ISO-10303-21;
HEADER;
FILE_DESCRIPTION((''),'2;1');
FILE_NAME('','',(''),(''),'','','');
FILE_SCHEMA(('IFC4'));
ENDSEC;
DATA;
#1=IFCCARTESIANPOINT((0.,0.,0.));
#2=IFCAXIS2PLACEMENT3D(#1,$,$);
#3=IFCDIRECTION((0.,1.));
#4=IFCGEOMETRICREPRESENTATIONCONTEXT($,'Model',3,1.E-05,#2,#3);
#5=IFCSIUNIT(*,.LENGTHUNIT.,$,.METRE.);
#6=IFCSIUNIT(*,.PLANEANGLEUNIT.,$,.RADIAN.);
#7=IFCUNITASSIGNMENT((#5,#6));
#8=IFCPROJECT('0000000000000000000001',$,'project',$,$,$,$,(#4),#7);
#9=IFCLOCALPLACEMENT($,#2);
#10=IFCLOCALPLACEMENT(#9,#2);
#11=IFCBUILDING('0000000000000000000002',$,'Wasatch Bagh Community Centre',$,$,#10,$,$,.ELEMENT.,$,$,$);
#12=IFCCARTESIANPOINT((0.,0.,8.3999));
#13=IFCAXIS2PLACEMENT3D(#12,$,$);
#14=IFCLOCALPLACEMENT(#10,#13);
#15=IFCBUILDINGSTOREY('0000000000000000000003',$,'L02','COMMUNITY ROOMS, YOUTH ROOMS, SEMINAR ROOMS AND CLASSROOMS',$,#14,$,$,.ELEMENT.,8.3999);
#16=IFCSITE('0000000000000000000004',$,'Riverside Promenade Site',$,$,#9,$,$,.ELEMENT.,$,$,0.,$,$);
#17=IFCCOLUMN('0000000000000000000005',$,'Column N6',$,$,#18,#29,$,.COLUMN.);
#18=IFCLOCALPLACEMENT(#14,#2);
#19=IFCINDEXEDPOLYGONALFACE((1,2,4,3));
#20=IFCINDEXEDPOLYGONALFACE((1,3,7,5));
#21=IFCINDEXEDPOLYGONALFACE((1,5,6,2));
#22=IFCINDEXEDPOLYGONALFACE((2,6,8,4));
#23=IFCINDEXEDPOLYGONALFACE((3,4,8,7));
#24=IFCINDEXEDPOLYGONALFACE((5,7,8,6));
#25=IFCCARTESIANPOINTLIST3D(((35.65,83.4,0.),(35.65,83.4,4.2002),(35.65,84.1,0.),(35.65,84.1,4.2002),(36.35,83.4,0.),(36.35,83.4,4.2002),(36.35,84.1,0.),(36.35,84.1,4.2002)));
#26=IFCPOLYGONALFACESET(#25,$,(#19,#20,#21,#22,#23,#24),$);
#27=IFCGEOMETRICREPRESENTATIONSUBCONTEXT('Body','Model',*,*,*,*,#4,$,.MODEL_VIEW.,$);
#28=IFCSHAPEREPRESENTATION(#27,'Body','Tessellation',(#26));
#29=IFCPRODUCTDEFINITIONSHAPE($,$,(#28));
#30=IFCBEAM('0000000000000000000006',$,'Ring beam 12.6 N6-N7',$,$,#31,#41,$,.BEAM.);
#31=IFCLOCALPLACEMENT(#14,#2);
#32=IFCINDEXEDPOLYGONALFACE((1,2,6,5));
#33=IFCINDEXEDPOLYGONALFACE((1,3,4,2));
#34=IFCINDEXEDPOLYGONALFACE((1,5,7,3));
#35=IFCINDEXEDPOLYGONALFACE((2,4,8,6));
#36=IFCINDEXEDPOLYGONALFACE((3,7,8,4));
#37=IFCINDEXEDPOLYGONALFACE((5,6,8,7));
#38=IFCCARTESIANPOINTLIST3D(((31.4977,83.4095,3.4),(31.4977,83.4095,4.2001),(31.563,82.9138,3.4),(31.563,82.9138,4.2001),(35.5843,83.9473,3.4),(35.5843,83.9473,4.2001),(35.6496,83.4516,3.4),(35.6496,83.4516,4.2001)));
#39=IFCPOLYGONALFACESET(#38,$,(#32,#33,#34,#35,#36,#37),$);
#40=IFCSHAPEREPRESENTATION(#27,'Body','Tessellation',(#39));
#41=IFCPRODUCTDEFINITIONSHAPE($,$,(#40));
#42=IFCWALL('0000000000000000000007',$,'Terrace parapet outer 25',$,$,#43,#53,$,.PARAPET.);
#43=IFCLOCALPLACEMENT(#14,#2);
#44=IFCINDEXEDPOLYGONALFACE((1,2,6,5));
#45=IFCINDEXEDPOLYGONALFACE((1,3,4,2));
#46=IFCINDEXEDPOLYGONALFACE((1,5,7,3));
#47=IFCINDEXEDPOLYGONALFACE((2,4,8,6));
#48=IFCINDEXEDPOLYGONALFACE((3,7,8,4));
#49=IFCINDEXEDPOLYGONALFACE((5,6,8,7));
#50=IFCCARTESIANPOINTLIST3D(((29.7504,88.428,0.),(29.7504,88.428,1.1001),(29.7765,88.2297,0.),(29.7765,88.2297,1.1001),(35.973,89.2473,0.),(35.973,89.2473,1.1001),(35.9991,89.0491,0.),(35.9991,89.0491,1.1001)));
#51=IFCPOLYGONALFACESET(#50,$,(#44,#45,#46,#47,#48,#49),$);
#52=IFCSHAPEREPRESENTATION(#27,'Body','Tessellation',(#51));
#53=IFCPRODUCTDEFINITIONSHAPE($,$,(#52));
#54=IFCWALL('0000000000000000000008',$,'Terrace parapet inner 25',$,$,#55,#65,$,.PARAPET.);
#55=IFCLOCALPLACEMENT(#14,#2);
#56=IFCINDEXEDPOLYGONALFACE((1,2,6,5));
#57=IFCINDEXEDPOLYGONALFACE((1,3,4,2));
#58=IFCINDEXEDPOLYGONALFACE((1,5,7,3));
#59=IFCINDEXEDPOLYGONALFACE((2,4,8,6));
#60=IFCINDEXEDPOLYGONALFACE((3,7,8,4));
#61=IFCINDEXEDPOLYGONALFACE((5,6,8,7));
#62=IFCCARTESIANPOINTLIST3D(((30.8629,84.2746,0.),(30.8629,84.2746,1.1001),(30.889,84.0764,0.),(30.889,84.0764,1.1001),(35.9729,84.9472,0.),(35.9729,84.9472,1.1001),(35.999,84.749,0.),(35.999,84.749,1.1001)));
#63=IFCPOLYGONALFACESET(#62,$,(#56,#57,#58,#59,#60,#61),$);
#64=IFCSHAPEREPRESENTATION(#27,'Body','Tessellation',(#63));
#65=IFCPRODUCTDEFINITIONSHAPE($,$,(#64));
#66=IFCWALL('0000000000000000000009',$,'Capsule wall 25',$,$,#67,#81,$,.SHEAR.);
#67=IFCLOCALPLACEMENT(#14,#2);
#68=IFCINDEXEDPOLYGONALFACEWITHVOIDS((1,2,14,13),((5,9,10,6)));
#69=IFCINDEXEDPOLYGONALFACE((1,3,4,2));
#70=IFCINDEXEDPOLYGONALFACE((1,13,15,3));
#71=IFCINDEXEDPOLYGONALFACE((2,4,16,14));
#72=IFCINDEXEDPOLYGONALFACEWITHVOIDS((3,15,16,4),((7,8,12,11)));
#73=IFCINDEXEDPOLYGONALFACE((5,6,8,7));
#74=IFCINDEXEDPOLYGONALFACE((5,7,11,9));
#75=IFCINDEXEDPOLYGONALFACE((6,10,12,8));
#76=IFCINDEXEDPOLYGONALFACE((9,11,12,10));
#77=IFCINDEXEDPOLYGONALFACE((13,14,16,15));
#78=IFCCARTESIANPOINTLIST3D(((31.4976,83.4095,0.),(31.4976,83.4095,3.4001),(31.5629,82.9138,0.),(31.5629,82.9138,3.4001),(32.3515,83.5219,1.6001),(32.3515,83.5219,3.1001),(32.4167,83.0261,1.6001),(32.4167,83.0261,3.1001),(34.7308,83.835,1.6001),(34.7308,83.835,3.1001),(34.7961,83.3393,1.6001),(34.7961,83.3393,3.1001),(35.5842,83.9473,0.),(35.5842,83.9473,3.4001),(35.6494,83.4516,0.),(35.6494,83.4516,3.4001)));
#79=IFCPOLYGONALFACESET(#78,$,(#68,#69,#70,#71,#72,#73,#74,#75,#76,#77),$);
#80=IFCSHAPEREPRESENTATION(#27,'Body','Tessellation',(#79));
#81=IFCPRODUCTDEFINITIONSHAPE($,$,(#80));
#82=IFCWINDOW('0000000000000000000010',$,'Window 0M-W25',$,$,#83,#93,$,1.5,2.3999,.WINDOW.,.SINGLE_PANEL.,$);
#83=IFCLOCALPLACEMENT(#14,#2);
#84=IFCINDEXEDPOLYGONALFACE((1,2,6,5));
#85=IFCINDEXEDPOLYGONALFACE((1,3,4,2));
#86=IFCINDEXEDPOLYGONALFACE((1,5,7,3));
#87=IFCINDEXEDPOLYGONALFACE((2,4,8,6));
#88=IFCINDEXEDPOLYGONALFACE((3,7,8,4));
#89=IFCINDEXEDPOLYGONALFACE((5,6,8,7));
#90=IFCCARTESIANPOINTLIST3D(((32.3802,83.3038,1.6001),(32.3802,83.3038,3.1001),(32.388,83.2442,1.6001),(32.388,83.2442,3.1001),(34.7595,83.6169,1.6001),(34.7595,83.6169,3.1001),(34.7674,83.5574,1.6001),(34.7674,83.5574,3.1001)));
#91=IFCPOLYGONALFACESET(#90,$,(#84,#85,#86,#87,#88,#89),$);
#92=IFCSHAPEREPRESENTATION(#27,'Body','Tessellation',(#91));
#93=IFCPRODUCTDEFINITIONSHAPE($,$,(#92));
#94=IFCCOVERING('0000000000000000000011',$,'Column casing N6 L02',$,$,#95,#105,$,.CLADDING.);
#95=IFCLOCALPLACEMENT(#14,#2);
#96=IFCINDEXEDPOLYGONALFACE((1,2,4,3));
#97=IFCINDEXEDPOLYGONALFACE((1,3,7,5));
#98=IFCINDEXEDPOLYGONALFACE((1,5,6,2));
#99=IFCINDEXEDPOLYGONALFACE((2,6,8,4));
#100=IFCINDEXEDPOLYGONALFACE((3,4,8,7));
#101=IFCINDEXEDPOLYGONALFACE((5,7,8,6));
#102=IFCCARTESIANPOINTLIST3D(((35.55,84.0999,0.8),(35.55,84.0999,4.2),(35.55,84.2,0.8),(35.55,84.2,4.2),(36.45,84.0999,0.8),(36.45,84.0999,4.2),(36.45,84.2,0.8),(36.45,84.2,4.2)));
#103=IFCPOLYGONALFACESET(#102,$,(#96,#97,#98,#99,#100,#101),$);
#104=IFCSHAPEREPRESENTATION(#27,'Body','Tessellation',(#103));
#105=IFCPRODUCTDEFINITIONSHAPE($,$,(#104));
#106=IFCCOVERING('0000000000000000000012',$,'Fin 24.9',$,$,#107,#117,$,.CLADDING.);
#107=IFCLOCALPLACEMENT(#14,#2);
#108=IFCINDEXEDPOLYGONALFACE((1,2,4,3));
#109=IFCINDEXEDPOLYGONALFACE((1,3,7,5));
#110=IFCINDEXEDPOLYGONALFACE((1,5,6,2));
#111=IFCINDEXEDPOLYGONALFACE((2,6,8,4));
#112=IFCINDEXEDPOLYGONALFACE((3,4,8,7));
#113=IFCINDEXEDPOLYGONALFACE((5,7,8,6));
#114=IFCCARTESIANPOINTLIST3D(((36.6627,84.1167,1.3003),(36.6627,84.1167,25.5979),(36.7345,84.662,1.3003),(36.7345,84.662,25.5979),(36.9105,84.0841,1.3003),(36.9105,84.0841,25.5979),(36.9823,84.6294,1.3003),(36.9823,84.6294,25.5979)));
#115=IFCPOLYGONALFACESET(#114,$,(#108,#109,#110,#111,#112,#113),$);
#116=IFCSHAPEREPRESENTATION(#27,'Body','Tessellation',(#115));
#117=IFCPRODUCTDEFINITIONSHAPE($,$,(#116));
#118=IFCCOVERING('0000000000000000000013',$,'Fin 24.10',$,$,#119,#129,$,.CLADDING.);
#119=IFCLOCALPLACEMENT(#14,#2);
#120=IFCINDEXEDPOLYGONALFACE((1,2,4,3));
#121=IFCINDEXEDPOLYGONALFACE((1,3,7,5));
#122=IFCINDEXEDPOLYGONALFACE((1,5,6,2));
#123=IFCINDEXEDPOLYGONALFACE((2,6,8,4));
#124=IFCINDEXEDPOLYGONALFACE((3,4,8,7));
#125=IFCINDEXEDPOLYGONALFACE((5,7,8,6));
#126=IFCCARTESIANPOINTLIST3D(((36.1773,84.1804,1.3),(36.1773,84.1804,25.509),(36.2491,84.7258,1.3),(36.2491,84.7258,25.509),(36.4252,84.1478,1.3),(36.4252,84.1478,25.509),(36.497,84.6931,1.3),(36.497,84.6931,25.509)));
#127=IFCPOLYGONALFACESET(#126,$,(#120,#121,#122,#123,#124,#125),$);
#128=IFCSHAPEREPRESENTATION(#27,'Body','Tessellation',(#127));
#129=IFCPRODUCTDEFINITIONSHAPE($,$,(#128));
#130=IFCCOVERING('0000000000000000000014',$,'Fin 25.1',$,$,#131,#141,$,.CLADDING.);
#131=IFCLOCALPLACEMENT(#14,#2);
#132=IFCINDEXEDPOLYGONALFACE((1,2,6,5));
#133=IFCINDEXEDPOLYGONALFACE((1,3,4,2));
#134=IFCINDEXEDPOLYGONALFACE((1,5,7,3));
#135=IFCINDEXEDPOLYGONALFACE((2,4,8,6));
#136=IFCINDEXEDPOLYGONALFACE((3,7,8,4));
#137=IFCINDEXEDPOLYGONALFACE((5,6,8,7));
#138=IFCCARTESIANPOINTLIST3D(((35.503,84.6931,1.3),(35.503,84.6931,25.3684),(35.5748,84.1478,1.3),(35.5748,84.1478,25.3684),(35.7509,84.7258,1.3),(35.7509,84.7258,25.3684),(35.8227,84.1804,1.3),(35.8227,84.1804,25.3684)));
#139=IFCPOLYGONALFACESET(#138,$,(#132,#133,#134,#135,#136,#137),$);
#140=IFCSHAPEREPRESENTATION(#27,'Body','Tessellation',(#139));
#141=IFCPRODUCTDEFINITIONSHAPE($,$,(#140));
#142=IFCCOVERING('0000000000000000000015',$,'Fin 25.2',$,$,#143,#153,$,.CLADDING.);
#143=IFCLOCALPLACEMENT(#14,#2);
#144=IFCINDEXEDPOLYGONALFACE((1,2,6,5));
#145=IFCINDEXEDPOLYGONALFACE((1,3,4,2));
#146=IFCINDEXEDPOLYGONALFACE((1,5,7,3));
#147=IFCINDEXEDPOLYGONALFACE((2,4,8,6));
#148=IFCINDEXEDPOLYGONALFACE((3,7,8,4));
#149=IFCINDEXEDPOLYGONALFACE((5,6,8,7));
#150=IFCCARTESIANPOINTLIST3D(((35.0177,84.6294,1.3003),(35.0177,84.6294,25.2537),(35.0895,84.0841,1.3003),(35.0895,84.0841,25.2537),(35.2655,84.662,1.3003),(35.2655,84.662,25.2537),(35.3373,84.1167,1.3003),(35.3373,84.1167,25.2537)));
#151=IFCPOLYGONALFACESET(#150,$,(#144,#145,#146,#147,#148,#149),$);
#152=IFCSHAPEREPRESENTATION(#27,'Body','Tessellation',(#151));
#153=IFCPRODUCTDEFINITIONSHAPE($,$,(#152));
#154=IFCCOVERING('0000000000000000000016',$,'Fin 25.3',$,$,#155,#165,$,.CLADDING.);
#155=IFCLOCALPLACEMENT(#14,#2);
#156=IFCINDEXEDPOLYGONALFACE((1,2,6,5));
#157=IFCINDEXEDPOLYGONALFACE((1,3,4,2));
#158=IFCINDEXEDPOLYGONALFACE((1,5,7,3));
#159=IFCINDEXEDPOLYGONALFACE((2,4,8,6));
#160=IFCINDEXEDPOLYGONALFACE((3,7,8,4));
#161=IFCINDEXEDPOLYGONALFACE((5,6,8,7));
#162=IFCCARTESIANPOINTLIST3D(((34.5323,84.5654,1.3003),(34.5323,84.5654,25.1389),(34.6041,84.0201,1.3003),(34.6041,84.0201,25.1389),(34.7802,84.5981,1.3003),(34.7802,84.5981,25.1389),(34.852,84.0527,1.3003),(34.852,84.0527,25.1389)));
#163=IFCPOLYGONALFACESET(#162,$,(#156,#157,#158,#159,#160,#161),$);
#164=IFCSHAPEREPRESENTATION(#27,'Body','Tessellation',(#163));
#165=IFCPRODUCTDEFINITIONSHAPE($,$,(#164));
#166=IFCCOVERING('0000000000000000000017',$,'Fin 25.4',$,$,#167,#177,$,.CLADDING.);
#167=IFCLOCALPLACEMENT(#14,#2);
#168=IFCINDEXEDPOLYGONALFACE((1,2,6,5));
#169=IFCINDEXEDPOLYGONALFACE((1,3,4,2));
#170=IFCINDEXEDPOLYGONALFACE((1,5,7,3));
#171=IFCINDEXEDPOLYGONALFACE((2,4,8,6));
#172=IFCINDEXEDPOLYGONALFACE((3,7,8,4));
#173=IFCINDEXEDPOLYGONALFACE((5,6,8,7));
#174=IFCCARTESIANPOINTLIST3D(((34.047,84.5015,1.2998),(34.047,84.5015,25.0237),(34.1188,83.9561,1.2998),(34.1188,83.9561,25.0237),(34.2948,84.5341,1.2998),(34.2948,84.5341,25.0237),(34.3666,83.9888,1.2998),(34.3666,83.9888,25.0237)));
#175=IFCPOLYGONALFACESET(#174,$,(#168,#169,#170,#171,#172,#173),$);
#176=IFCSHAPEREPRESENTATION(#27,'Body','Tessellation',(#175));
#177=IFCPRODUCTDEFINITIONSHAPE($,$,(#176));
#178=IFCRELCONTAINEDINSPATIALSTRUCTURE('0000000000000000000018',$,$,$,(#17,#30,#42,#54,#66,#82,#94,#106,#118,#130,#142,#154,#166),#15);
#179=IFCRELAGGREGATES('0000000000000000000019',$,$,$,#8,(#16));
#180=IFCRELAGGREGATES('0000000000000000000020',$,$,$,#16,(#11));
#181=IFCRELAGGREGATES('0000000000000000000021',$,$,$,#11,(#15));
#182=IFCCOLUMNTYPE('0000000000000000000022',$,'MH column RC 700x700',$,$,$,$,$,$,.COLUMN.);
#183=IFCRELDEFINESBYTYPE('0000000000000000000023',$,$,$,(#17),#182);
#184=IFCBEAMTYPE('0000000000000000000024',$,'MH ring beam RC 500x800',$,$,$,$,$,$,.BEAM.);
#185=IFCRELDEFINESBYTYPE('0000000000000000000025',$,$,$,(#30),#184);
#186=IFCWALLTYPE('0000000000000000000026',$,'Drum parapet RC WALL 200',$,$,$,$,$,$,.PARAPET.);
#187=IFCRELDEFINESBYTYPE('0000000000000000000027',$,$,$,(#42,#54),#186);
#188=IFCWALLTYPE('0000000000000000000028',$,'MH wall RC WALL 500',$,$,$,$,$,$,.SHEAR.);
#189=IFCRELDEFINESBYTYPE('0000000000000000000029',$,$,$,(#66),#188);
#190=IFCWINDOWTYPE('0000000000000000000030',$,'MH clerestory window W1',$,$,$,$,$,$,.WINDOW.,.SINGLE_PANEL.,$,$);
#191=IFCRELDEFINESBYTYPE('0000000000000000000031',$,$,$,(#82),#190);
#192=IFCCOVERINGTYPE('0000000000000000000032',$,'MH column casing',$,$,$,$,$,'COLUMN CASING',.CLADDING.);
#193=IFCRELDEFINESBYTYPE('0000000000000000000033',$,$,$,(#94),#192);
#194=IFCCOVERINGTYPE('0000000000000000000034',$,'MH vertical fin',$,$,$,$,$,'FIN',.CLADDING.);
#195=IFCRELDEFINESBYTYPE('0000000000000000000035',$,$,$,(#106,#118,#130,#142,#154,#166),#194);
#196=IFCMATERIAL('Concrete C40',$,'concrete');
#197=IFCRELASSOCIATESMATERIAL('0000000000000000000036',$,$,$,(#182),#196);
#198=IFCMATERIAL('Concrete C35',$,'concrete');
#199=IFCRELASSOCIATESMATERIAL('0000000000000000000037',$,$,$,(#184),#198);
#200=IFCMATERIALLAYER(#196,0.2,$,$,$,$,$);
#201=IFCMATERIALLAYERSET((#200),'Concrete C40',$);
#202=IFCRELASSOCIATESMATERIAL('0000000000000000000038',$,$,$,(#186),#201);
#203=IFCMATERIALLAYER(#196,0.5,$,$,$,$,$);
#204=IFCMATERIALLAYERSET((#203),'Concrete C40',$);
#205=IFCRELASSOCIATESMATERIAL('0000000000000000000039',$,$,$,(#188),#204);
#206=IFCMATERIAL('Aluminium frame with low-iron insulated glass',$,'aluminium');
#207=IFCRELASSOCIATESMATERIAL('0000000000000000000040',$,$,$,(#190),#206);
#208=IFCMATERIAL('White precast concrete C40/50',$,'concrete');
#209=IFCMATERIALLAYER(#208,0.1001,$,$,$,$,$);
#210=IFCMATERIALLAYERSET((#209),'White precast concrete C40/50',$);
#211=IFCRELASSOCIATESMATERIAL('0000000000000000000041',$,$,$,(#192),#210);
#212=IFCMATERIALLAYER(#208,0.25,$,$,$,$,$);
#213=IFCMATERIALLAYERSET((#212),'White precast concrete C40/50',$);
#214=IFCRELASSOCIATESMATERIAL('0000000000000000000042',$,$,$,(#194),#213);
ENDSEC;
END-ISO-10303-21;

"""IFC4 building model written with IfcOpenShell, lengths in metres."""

from ifc_helpers import new_model, si_unit, direction, frame, frame_2d, origin, origin_2d, place, context, subcontext, project, spatial, rectangle, extrude, material, layer, layer_set, material_profile, profile_set, type_object, element, fill, save


model = new_model("IFC4")

# Units and contexts
model_context = context("Model", 3, precision=1e-05, world=origin(), true_north=direction((0.0, 1.0)))
body_context = subcontext(model_context, "Body", "Model", "MODEL_VIEW")
ifc_project = project(units=[si_unit("LENGTHUNIT", "METRE"), si_unit("PLANEANGLEUNIT", "RADIAN")], contexts=[model_context])

# Site, building, storey
site_placement = place(None, origin())
site = spatial("IfcSite", under=ifc_project, at=site_placement, Name="Riverside Promenade Site", CompositionType="ELEMENT", RefElevation=0.0)
building_placement = place(site_placement, origin())
building = spatial("IfcBuilding", under=site, at=building_placement, Name="Wasatch Bagh Community Centre", CompositionType="ELEMENT")
storey_placement = place(building_placement, frame((0.0, 0.0, 8.3999)))
storey = spatial("IfcBuildingStorey", under=building, at=storey_placement, Name="L02", Description="COMMUNITY ROOMS, YOUTH ROOMS, SEMINAR ROOMS AND CLASSROOMS", CompositionType="ELEMENT", Elevation=8.3999)

# Column
ifc_material_1 = material(Name="Concrete C40", Category="concrete")
ifc_material_profile_1 = material_profile(ifc_material_1, rectangle(XDim=0.7, YDim=0.7, at=origin_2d()), Name="RC 700x700")
ifc_profile_set_1 = profile_set([ifc_material_profile_1], Name="Concrete C40")
column_type = type_object("IfcColumnType", Name="MH column RC 700x700", PredefinedType="COLUMN", material=ifc_profile_set_1)
column_placement = place(storey_placement, frame((36.0, 83.75, 0.0), z_axis=(0.0, 0.0, 1.0), x_axis=(1.0, 0.0, 0.0)))
element("IfcColumn", 1, at=column_placement, inside=storey, type_object=column_type, Name="Column N6", PredefinedType="COLUMN", context=body_context, shape_type="SweptSolid", body=[
    extrude(rectangle(XDim=0.7, YDim=0.7, at=origin_2d()), origin(), (0.0, 0.0, 1.0), 4.2002),
])

# Beam
ifc_material_2 = material(Name="Concrete C35", Category="concrete")
ifc_material_profile_2 = material_profile(ifc_material_2, rectangle(XDim=0.5, YDim=0.8, at=origin_2d()), Name="RC 500x800")
ifc_profile_set_2 = profile_set([ifc_material_profile_2], Name="Concrete C35")
beam_type = type_object("IfcBeamType", Name="MH ring beam RC 500x800", PredefinedType="BEAM", material=ifc_profile_set_2)
beam_placement = place(storey_placement, frame((35.6169, 83.6995, 3.8), z_axis=(-0.99145, -0.130484, 0.0), x_axis=(0.130484, -0.99145, 0.0)))
element("IfcBeam", 2, at=beam_placement, inside=storey, type_object=beam_type, Name="Ring beam 12.6 N6-N7", PredefinedType="BEAM", context=body_context, shape_type="SweptSolid", body=[
    extrude(rectangle(XDim=0.5, YDim=0.8, at=origin_2d()), origin(), (0.0, 0.0, 1.0), 4.1218),
])

# Walls
ifc_layer_1 = layer(ifc_material_1, 0.2)
ifc_layer_set_1 = layer_set([ifc_layer_1], Name="Concrete C40")
wall_type_1 = type_object("IfcWallType", Name="Drum parapet RC WALL 200", PredefinedType="PARAPET", material=ifc_layer_set_1)
wall_1_placement = place(storey_placement, frame((35.9861, 89.1482, 0.0), z_axis=(0.0, 0.0, 1.0), x_axis=(-0.991443, -0.130543, 0.0)))
element("IfcWall", 3, at=wall_1_placement, inside=storey, type_object=wall_type_1, Name="Terrace parapet outer 25", PredefinedType="PARAPET", context=body_context, shape_type="SweptSolid", body=[
    extrude(rectangle(XDim=6.2764, YDim=0.2, at=frame_2d((3.1382, 0.0))), origin(), (0.0, 0.0, 1.0), 1.1001),
])
wall_2_placement = place(storey_placement, frame((35.9861, 84.8481, 0.0), z_axis=(0.0, 0.0, 1.0), x_axis=(-0.991448, -0.130504, 0.0)))
element("IfcWall", 4, at=wall_2_placement, inside=storey, type_object=wall_type_1, Name="Terrace parapet inner 25", PredefinedType="PARAPET", context=body_context, shape_type="SweptSolid", body=[
    extrude(rectangle(XDim=5.1541, YDim=0.2, at=frame_2d((2.5771, 0.0))), origin(), (0.0, 0.0, 1.0), 1.1001),
])

# Wall, opening, window
ifc_layer_2 = layer(ifc_material_1, 0.5)
ifc_layer_set_2 = layer_set([ifc_layer_2], Name="Concrete C40")
wall_type_2 = type_object("IfcWallType", Name="MH wall RC WALL 500", PredefinedType="SHEAR", material=ifc_layer_set_2)
wall_3_placement = place(storey_placement, frame((35.6169, 83.6995, 0.0), z_axis=(0.0, 0.0, 1.0), x_axis=(-0.99145, -0.130484, 0.0)))
wall_3 = element("IfcWall", 5, at=wall_3_placement, inside=storey, type_object=wall_type_2, Name="Capsule wall 25", PredefinedType="SHEAR", context=body_context, shape_type="SweptSolid", body=[
    extrude(rectangle(XDim=4.1218, YDim=0.5, at=frame_2d((2.061, 0.0))), origin(), (0.0, 0.0, 1.0), 3.4001),
])
opening_placement = place(wall_3_placement, frame((0.8608, 0.0, 1.6001)))
opening = element("IfcOpeningElement", 6, at=opening_placement, cuts=wall_3, PredefinedType="OPENING", context=body_context, shape_type="SweptSolid", body=[
    extrude(rectangle(XDim=2.3999, YDim=1.5, at=frame_2d((1.2, 0.75))), frame((0.0, 0.26, 0.0), z_axis=(0.0, -1.0, 0.0), x_axis=(1.0, 0.0, 0.0)), (0.0, 0.0, 1.0), 0.52),
])
ifc_material_3 = material(Name="Aluminium frame with low-iron insulated glass", Category="aluminium")
window_type = type_object("IfcWindowType", Name="MH clerestory window W1", PartitioningType="SINGLE_PANEL", PredefinedType="WINDOW", material=ifc_material_3)
window_placement = place(opening_placement, origin())
window = element("IfcWindow", 7, at=window_placement, inside=storey, type_object=window_type, Name="Window 0M-W25", OverallHeight=1.5, OverallWidth=2.3999, PartitioningType="SINGLE_PANEL", PredefinedType="WINDOW", context=body_context, shape_type="SweptSolid", body=[
    extrude(rectangle(XDim=2.3999, YDim=1.5, at=frame_2d((1.2, 0.75))), frame((0.0, 0.03, 0.0), z_axis=(0.0, -1.0, 0.0), x_axis=(1.0, 0.0, 0.0)), (0.0, 0.0, 1.0), 0.0601),
])
fill(opening, window)

# Coverings
ifc_material_4 = material(Name="White precast concrete C40/50", Category="concrete")
ifc_layer_3 = layer(ifc_material_4, 0.1001)
ifc_layer_set_3 = layer_set([ifc_layer_3], Name="White precast concrete C40/50")
covering_type_1 = type_object("IfcCoveringType", Name="MH column casing", ElementType="COLUMN CASING", PredefinedType="CLADDING", material=ifc_layer_set_3)
covering_1_placement = place(storey_placement, frame((36.0, 84.1499, 0.8), z_axis=(0.0, 0.0, 1.0), x_axis=(-1.0, 0.0, 0.0)))
element("IfcCovering", 8, at=covering_1_placement, inside=storey, type_object=covering_type_1, Name="Column casing N6 L02", PredefinedType="CLADDING", context=body_context, shape_type="SweptSolid", body=[
    extrude(rectangle(XDim=0.8999, YDim=0.1001, at=origin_2d()), origin(), (0.0, 0.0, 1.0), 3.3999),
])
ifc_layer_4 = layer(ifc_material_4, 0.25)
ifc_layer_set_4 = layer_set([ifc_layer_4], Name="White precast concrete C40/50")
covering_type_2 = type_object("IfcCoveringType", Name="MH vertical fin", ElementType="FIN", PredefinedType="CLADDING", material=ifc_layer_set_4)
covering_2_placement = place(storey_placement, frame((36.8225, 84.373, 1.3003), z_axis=(0.0, 0.0, 1.0), x_axis=(-0.991445, 0.130526, 0.0)))
element("IfcCovering", 9, at=covering_2_placement, inside=storey, type_object=covering_type_2, Name="Fin 24.9", PredefinedType="CLADDING", context=body_context, shape_type="SweptSolid", body=[
    extrude(rectangle(XDim=0.25, YDim=0.55, at=origin_2d()), origin(), (0.0, 0.0, 1.0), 24.2976),
])
covering_3_placement = place(storey_placement, frame((36.3372, 84.4368, 1.3), z_axis=(0.0, 0.0, 1.0), x_axis=(-0.991445, 0.130526, 0.0)))
element("IfcCovering", 10, at=covering_3_placement, inside=storey, type_object=covering_type_2, Name="Fin 24.10", PredefinedType="CLADDING", context=body_context, shape_type="SweptSolid", body=[
    extrude(rectangle(XDim=0.25, YDim=0.55, at=origin_2d()), origin(), (0.0, 0.0, 1.0), 24.209),
])
covering_4_placement = place(storey_placement, frame((35.6628, 84.4368, 1.3), z_axis=(0.0, 0.0, 1.0), x_axis=(-0.991445, -0.130526, 0.0)))
element("IfcCovering", 11, at=covering_4_placement, inside=storey, type_object=covering_type_2, Name="Fin 25.1", PredefinedType="CLADDING", context=body_context, shape_type="SweptSolid", body=[
    extrude(rectangle(XDim=0.25, YDim=0.55, at=origin_2d()), origin(), (0.0, 0.0, 1.0), 24.0684),
])
covering_5_placement = place(storey_placement, frame((35.1775, 84.373, 1.3003), z_axis=(0.0, 0.0, 1.0), x_axis=(-0.991445, -0.130526, 0.0)))
element("IfcCovering", 12, at=covering_5_placement, inside=storey, type_object=covering_type_2, Name="Fin 25.2", PredefinedType="CLADDING", context=body_context, shape_type="SweptSolid", body=[
    extrude(rectangle(XDim=0.25, YDim=0.55, at=origin_2d()), origin(), (0.0, 0.0, 1.0), 23.9534),
])
covering_6_placement = place(storey_placement, frame((34.6921, 84.3091, 1.3003), z_axis=(0.0, 0.0, 1.0), x_axis=(-0.991445, -0.130526, 0.0)))
element("IfcCovering", 13, at=covering_6_placement, inside=storey, type_object=covering_type_2, Name="Fin 25.3", PredefinedType="CLADDING", context=body_context, shape_type="SweptSolid", body=[
    extrude(rectangle(XDim=0.25, YDim=0.55, at=origin_2d()), origin(), (0.0, 0.0, 1.0), 23.8386),
])
covering_7_placement = place(storey_placement, frame((34.2068, 84.2451, 1.2998), z_axis=(0.0, 0.0, 1.0), x_axis=(-0.991445, -0.130526, 0.0)))
element("IfcCovering", 14, at=covering_7_placement, inside=storey, type_object=covering_type_2, Name="Fin 25.4", PredefinedType="CLADDING", context=body_context, shape_type="SweptSolid", body=[
    extrude(rectangle(XDim=0.25, YDim=0.55, at=origin_2d()), origin(), (0.0, 0.0, 1.0), 23.7239),
])

save(model, "model.ifc")
